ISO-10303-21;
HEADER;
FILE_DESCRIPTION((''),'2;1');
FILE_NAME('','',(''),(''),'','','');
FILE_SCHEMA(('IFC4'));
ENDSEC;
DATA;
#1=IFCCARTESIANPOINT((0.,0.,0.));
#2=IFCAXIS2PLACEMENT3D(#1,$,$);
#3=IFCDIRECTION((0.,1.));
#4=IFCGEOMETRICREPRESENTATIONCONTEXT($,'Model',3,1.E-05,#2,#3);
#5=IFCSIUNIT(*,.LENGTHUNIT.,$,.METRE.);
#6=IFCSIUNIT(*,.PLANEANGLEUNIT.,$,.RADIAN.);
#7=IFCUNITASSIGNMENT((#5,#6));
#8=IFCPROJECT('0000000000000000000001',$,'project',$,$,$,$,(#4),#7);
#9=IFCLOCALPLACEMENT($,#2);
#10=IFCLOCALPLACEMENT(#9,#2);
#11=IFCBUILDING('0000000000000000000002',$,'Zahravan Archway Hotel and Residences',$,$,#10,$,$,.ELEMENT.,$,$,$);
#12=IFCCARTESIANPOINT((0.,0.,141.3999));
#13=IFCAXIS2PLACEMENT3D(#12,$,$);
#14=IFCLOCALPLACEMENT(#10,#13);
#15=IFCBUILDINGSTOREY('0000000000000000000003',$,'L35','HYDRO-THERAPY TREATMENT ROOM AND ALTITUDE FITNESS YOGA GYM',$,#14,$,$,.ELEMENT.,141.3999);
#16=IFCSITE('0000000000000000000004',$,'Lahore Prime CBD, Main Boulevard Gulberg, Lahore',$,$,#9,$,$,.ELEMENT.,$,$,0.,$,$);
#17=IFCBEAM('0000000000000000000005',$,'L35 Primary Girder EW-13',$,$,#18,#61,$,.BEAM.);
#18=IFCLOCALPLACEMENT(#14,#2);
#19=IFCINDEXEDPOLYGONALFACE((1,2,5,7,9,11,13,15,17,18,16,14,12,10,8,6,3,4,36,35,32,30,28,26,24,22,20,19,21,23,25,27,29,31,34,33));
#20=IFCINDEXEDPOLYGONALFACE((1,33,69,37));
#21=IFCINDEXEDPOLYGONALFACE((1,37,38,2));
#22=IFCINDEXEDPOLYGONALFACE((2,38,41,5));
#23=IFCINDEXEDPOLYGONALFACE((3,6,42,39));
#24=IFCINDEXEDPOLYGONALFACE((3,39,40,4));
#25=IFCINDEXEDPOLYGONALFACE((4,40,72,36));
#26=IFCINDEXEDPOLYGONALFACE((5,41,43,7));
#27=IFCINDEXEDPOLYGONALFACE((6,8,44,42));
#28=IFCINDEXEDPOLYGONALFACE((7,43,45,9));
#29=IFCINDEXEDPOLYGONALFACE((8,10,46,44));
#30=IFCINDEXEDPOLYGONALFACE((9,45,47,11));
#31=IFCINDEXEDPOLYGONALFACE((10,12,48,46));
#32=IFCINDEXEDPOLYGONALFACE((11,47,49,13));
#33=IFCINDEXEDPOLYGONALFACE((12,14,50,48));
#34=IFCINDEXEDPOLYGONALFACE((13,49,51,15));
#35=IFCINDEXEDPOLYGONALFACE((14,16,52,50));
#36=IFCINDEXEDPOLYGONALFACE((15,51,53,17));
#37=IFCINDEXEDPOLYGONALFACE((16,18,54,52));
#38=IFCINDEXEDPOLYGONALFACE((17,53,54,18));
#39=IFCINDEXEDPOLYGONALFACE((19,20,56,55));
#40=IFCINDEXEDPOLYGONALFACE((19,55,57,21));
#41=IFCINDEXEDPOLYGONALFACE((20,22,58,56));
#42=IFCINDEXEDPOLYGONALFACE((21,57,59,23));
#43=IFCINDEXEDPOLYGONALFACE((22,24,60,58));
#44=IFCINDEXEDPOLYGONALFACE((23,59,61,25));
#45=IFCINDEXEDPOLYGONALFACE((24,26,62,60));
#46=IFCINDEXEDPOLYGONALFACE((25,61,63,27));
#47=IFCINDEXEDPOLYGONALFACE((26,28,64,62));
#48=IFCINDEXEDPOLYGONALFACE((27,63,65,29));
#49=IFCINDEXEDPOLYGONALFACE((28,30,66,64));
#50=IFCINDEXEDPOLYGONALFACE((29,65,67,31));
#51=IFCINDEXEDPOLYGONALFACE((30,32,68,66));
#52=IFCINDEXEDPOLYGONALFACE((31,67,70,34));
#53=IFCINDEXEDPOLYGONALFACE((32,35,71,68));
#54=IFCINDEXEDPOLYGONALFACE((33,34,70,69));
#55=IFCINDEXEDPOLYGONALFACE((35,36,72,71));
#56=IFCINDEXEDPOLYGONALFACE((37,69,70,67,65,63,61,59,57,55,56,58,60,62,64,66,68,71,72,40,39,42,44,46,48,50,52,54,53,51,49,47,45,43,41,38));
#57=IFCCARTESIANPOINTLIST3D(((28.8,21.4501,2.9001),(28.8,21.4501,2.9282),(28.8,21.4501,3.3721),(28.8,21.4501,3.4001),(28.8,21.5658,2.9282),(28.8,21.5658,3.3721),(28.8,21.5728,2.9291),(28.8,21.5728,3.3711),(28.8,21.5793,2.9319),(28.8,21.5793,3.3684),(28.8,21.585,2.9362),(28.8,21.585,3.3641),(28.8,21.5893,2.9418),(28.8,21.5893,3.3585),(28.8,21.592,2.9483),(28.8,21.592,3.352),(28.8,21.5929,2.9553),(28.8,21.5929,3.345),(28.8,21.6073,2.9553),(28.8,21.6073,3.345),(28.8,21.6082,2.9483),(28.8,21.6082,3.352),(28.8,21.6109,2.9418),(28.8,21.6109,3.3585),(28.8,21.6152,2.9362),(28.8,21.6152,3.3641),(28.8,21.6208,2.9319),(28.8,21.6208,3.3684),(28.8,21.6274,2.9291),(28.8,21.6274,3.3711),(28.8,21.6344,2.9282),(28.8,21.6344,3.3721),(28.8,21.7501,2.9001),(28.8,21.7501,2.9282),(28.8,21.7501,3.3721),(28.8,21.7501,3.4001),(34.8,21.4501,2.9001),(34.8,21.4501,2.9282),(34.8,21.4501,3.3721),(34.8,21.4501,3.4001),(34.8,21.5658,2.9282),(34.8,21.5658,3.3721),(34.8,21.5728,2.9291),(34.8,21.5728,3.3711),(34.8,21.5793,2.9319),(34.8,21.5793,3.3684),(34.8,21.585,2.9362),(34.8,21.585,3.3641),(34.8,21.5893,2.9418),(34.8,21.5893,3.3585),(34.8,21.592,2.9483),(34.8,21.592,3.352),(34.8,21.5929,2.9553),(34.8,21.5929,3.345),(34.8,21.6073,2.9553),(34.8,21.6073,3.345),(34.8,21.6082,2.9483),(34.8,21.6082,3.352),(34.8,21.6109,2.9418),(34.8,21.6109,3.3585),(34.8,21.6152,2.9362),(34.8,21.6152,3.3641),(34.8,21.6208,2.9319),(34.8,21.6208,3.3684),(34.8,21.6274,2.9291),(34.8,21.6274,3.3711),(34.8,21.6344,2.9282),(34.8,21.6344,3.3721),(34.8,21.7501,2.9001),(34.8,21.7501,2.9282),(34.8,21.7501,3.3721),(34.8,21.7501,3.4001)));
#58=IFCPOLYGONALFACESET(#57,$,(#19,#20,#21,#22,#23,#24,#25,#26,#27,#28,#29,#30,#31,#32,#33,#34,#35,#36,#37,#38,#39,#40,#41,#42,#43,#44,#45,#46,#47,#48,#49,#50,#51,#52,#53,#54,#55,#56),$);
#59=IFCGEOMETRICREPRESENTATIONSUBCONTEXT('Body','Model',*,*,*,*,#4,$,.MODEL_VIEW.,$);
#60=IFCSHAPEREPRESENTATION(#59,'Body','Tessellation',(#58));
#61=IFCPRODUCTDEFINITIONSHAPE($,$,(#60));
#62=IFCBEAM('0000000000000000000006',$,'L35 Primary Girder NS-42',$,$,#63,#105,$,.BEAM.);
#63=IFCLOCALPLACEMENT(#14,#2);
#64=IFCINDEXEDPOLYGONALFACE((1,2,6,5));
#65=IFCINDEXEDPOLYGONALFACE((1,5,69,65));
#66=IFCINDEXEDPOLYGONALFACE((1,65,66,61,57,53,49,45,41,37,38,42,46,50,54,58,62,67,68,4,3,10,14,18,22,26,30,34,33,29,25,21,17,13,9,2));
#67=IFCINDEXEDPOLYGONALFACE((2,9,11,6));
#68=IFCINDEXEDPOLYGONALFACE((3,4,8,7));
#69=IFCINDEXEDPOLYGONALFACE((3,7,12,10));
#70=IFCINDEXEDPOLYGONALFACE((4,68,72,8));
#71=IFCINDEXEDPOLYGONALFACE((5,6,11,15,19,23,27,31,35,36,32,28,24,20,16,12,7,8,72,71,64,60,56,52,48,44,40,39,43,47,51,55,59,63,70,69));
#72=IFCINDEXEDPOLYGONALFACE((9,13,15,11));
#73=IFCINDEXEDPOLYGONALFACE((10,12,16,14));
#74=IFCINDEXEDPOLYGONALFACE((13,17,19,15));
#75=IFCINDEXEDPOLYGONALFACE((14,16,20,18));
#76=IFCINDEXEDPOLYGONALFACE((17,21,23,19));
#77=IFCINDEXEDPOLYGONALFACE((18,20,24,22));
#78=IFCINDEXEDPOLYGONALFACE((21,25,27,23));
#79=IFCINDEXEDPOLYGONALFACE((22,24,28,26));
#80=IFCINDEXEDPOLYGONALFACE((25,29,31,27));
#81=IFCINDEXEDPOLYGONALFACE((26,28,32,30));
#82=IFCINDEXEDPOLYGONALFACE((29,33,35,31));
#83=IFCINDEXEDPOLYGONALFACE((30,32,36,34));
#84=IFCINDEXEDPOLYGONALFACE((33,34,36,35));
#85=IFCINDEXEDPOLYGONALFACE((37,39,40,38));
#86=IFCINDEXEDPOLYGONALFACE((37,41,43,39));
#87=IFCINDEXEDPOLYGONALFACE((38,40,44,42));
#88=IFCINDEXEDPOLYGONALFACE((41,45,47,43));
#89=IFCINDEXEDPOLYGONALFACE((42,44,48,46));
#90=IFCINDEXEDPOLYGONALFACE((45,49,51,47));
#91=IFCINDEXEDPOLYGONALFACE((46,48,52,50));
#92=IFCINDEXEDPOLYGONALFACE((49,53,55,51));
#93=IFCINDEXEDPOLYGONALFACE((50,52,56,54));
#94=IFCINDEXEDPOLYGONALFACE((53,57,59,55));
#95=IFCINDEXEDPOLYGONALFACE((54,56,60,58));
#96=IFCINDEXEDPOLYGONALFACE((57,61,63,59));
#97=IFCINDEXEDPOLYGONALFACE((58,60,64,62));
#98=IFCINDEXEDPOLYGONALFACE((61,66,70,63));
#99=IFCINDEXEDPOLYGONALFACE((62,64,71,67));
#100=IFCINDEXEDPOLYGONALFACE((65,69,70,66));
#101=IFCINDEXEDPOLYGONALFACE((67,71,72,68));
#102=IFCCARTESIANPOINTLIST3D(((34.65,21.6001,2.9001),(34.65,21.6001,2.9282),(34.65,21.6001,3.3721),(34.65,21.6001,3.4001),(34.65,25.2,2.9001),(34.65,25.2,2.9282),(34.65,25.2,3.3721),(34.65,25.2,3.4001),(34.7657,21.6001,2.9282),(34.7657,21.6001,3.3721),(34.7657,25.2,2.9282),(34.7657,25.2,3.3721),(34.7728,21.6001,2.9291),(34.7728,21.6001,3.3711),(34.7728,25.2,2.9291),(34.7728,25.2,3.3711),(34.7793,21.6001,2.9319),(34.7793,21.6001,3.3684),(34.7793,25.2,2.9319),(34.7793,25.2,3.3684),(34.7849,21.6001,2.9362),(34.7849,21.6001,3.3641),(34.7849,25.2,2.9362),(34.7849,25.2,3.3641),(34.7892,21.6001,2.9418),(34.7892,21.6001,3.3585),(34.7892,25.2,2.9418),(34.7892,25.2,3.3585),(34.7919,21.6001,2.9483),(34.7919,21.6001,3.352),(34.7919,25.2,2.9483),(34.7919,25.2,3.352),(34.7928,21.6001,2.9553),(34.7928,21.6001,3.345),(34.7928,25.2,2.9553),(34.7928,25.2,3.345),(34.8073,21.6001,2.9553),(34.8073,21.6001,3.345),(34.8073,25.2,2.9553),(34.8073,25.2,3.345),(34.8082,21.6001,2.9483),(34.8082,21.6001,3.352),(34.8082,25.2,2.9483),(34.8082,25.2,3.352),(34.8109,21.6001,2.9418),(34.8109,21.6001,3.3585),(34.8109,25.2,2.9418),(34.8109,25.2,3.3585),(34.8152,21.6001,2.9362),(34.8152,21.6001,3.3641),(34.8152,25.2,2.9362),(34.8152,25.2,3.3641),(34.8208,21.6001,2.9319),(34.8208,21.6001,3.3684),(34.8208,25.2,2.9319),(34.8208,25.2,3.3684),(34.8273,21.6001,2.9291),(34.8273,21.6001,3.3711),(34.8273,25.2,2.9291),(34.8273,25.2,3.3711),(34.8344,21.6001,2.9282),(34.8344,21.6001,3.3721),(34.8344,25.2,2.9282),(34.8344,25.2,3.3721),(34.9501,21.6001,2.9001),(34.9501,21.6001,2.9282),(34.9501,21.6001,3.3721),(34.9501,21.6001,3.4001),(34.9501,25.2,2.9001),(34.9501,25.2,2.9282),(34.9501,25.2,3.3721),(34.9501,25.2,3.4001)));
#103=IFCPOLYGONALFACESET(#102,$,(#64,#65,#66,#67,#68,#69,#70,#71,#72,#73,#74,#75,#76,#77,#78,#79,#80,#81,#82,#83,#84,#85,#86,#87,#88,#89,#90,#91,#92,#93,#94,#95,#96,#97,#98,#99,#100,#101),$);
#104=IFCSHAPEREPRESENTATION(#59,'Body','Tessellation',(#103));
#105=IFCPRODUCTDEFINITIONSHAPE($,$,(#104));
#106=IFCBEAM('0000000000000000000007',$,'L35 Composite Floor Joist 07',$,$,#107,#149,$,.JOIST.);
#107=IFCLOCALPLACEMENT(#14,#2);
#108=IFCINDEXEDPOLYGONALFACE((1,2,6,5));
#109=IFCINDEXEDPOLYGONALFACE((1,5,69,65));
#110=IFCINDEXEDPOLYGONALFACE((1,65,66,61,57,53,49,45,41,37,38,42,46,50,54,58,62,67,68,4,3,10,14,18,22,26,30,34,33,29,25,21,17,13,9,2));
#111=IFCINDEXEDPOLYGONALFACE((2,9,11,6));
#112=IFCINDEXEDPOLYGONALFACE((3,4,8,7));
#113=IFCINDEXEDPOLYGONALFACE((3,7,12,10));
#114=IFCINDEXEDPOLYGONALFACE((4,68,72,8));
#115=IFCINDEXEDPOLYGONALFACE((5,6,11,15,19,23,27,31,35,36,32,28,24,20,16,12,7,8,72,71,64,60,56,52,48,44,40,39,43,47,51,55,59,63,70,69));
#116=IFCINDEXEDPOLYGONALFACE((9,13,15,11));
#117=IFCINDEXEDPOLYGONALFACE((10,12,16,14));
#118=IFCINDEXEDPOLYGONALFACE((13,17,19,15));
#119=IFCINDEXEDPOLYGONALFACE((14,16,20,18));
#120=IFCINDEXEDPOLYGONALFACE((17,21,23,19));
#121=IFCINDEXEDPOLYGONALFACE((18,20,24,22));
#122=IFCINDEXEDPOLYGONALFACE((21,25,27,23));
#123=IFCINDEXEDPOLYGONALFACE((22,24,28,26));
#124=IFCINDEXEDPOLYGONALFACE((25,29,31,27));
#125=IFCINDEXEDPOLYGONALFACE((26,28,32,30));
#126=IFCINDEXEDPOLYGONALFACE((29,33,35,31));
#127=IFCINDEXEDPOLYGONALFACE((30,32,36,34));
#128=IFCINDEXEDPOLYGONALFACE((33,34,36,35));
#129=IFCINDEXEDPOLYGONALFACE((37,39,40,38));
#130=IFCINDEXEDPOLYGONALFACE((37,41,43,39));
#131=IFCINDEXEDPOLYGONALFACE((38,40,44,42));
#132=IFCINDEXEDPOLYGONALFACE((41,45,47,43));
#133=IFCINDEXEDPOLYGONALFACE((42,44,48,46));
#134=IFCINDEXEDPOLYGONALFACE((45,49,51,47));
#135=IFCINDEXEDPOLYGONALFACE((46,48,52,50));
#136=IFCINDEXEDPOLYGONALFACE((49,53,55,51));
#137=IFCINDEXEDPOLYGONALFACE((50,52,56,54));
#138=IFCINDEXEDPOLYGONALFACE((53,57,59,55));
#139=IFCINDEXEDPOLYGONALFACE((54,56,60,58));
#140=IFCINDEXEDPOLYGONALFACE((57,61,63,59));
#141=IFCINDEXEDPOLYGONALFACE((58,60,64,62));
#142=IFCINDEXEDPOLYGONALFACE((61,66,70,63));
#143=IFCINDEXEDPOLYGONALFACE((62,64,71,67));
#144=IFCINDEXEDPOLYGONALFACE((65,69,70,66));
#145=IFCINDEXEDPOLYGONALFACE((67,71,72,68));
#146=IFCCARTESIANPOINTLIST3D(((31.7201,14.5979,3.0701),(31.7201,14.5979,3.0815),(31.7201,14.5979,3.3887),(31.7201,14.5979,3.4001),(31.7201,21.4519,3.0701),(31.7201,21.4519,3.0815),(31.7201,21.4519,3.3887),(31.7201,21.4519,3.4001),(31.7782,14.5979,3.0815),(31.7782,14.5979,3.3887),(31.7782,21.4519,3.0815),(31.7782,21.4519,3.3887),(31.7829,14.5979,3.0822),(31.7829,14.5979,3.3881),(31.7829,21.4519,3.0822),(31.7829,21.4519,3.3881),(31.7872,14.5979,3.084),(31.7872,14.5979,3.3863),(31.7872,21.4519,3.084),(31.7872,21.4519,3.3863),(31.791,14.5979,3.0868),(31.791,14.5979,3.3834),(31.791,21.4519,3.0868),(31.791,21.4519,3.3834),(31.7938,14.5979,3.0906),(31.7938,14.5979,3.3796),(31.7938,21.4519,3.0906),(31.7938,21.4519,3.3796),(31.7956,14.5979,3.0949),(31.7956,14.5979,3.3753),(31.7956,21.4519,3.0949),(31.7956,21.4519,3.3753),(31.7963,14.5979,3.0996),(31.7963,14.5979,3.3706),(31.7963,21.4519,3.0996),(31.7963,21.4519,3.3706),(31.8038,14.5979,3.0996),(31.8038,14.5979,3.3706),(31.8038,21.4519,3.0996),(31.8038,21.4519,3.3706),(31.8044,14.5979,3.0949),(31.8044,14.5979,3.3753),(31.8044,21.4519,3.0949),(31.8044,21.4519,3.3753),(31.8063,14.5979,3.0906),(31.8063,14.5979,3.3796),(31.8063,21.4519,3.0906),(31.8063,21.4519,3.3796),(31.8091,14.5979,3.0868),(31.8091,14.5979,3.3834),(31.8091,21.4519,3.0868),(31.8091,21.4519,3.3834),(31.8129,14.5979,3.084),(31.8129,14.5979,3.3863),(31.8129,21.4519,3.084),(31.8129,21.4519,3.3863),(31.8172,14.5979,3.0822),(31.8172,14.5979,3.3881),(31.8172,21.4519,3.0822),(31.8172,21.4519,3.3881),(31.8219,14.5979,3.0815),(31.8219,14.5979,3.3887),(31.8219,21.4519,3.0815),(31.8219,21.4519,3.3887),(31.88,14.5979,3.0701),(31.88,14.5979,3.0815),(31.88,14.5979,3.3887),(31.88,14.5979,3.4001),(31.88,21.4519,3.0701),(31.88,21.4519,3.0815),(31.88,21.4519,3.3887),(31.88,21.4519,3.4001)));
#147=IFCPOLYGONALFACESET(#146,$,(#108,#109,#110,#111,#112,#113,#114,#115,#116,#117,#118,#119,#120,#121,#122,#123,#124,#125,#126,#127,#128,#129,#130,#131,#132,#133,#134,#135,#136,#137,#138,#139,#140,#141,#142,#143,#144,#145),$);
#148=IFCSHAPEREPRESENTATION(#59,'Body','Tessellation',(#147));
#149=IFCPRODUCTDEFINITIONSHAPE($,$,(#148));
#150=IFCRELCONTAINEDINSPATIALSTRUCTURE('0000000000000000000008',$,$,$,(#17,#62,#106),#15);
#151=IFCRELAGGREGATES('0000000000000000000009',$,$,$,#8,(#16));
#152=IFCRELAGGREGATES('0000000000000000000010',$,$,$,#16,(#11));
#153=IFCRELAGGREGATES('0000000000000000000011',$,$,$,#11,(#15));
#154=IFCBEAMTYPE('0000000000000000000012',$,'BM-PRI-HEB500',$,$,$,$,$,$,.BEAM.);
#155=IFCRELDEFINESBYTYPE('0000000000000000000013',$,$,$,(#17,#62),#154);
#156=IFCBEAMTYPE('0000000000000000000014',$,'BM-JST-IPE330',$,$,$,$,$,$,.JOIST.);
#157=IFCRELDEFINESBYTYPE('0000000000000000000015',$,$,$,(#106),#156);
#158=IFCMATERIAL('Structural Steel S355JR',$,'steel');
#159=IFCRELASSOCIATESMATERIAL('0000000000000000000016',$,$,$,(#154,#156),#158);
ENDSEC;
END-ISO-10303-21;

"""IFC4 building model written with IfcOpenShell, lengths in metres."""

from ifc_helpers import new_model, si_unit, direction, frame, origin, origin_2d, place, context, subcontext, project, spatial, i_section, extrude, source, transform, mapped, material, material_profile, profile_set, type_object, element, save


model = new_model("IFC4")

# Units and contexts
model_context = context("Model", 3, precision=1e-05, world=origin(), true_north=direction((0.0, 1.0)))
body_context = subcontext(model_context, "Body", "Model", "MODEL_VIEW")
ifc_project = project(units=[si_unit("LENGTHUNIT", "METRE"), si_unit("PLANEANGLEUNIT", "RADIAN")], contexts=[model_context])

# Site, building, storey
site_placement = place(None, origin())
site = spatial("IfcSite", under=ifc_project, at=site_placement, Name="Lahore Prime CBD, Main Boulevard Gulberg, Lahore", CompositionType="ELEMENT", RefElevation=0.0)
building_placement = place(site_placement, origin())
building = spatial("IfcBuilding", under=site, at=building_placement, Name="Zahravan Archway Hotel and Residences", CompositionType="ELEMENT")
storey_placement = place(building_placement, frame((0.0, 0.0, 141.3999)))
storey = spatial("IfcBuildingStorey", under=building, at=storey_placement, Name="L35", Description="HYDRO-THERAPY TREATMENT ROOM AND ALTITUDE FITNESS YOGA GYM", CompositionType="ELEMENT", Elevation=141.3999)

# Beams
ifc_material_1 = material(Name="Structural Steel S355JR", Category="steel")
ifc_material_profile_1 = material_profile(ifc_material_1, i_section(OverallWidth=0.3, OverallDepth=0.5, WebThickness=0.0144, FlangeThickness=0.0281, FilletRadius=0.0271, at=origin_2d()), Name="HEB 500", Category="steel")
ifc_profile_set_1 = profile_set([ifc_material_profile_1], Name="Structural Steel S355JR")
beam_type_1 = type_object("IfcBeamType", Name="BM-PRI-HEB500", PredefinedType="BEAM", material=ifc_profile_set_1)
shared_shape_1 = source(origin(), body_context, "Body", "SweptSolid", [
    extrude(i_section(OverallWidth=0.3, OverallDepth=0.5, WebThickness=0.0144, FlangeThickness=0.0281, FilletRadius=0.0271, at=origin_2d()), origin(), (0.0, 0.0, 1.0), 6.0),
])
beam_1_placement = place(storey_placement, frame((28.8, 21.6001, 3.1501), z_axis=(1.0, 0.0, 0.0), x_axis=(0.0, 1.0, 0.0)))
element("IfcBeam", 1, at=beam_1_placement, inside=storey, type_object=beam_type_1, Name="L35 Primary Girder EW-13", PredefinedType="BEAM", context=body_context, shape_type="MappedRepresentation", body=[
    mapped(shared_shape_1, transform((0.0, 0.0, 0.0), scale=1.0)),
])
shared_shape_2 = source(origin(), body_context, "Body", "SweptSolid", [
    extrude(i_section(OverallWidth=0.3, OverallDepth=0.5, WebThickness=0.0144, FlangeThickness=0.0281, FilletRadius=0.0271, at=origin_2d()), origin(), (0.0, 0.0, 1.0), 3.5999),
])
beam_2_placement = place(storey_placement, frame((34.8, 21.6001, 3.1501), z_axis=(0.0, 1.0, 0.0), x_axis=(-1.0, 0.0, 0.0)))
element("IfcBeam", 2, at=beam_2_placement, inside=storey, type_object=beam_type_1, Name="L35 Primary Girder NS-42", PredefinedType="BEAM", context=body_context, shape_type="MappedRepresentation", body=[
    mapped(shared_shape_2, transform((0.0, 0.0, 0.0), scale=1.0)),
])
ifc_material_profile_2 = material_profile(ifc_material_1, i_section(OverallWidth=0.1599, OverallDepth=0.3301, WebThickness=0.0076, FlangeThickness=0.0115, FilletRadius=0.0181, at=origin_2d()), Name="IPE 330", Category="steel")
ifc_profile_set_2 = profile_set([ifc_material_profile_2], Name="Structural Steel S355JR")
beam_type_2 = type_object("IfcBeamType", Name="BM-JST-IPE330", PredefinedType="JOIST", material=ifc_profile_set_2)
shared_shape_3 = source(origin(), body_context, "Body", "SweptSolid", [
    extrude(i_section(OverallWidth=0.1599, OverallDepth=0.3301, WebThickness=0.0076, FlangeThickness=0.0115, FilletRadius=0.0181, at=origin_2d()), origin(), (0.0, 0.0, 1.0), 6.854),
])
beam_3_placement = place(storey_placement, frame((31.8, 14.5979, 3.2351), z_axis=(0.0, 1.0, 0.0), x_axis=(-1.0, 0.0, 0.0)))
element("IfcBeam", 3, at=beam_3_placement, inside=storey, type_object=beam_type_2, Name="L35 Composite Floor Joist 07", PredefinedType="JOIST", context=body_context, shape_type="MappedRepresentation", body=[
    mapped(shared_shape_3, transform((0.0, 0.0, 0.0), scale=1.0)),
])

save(model, "model.ifc")
